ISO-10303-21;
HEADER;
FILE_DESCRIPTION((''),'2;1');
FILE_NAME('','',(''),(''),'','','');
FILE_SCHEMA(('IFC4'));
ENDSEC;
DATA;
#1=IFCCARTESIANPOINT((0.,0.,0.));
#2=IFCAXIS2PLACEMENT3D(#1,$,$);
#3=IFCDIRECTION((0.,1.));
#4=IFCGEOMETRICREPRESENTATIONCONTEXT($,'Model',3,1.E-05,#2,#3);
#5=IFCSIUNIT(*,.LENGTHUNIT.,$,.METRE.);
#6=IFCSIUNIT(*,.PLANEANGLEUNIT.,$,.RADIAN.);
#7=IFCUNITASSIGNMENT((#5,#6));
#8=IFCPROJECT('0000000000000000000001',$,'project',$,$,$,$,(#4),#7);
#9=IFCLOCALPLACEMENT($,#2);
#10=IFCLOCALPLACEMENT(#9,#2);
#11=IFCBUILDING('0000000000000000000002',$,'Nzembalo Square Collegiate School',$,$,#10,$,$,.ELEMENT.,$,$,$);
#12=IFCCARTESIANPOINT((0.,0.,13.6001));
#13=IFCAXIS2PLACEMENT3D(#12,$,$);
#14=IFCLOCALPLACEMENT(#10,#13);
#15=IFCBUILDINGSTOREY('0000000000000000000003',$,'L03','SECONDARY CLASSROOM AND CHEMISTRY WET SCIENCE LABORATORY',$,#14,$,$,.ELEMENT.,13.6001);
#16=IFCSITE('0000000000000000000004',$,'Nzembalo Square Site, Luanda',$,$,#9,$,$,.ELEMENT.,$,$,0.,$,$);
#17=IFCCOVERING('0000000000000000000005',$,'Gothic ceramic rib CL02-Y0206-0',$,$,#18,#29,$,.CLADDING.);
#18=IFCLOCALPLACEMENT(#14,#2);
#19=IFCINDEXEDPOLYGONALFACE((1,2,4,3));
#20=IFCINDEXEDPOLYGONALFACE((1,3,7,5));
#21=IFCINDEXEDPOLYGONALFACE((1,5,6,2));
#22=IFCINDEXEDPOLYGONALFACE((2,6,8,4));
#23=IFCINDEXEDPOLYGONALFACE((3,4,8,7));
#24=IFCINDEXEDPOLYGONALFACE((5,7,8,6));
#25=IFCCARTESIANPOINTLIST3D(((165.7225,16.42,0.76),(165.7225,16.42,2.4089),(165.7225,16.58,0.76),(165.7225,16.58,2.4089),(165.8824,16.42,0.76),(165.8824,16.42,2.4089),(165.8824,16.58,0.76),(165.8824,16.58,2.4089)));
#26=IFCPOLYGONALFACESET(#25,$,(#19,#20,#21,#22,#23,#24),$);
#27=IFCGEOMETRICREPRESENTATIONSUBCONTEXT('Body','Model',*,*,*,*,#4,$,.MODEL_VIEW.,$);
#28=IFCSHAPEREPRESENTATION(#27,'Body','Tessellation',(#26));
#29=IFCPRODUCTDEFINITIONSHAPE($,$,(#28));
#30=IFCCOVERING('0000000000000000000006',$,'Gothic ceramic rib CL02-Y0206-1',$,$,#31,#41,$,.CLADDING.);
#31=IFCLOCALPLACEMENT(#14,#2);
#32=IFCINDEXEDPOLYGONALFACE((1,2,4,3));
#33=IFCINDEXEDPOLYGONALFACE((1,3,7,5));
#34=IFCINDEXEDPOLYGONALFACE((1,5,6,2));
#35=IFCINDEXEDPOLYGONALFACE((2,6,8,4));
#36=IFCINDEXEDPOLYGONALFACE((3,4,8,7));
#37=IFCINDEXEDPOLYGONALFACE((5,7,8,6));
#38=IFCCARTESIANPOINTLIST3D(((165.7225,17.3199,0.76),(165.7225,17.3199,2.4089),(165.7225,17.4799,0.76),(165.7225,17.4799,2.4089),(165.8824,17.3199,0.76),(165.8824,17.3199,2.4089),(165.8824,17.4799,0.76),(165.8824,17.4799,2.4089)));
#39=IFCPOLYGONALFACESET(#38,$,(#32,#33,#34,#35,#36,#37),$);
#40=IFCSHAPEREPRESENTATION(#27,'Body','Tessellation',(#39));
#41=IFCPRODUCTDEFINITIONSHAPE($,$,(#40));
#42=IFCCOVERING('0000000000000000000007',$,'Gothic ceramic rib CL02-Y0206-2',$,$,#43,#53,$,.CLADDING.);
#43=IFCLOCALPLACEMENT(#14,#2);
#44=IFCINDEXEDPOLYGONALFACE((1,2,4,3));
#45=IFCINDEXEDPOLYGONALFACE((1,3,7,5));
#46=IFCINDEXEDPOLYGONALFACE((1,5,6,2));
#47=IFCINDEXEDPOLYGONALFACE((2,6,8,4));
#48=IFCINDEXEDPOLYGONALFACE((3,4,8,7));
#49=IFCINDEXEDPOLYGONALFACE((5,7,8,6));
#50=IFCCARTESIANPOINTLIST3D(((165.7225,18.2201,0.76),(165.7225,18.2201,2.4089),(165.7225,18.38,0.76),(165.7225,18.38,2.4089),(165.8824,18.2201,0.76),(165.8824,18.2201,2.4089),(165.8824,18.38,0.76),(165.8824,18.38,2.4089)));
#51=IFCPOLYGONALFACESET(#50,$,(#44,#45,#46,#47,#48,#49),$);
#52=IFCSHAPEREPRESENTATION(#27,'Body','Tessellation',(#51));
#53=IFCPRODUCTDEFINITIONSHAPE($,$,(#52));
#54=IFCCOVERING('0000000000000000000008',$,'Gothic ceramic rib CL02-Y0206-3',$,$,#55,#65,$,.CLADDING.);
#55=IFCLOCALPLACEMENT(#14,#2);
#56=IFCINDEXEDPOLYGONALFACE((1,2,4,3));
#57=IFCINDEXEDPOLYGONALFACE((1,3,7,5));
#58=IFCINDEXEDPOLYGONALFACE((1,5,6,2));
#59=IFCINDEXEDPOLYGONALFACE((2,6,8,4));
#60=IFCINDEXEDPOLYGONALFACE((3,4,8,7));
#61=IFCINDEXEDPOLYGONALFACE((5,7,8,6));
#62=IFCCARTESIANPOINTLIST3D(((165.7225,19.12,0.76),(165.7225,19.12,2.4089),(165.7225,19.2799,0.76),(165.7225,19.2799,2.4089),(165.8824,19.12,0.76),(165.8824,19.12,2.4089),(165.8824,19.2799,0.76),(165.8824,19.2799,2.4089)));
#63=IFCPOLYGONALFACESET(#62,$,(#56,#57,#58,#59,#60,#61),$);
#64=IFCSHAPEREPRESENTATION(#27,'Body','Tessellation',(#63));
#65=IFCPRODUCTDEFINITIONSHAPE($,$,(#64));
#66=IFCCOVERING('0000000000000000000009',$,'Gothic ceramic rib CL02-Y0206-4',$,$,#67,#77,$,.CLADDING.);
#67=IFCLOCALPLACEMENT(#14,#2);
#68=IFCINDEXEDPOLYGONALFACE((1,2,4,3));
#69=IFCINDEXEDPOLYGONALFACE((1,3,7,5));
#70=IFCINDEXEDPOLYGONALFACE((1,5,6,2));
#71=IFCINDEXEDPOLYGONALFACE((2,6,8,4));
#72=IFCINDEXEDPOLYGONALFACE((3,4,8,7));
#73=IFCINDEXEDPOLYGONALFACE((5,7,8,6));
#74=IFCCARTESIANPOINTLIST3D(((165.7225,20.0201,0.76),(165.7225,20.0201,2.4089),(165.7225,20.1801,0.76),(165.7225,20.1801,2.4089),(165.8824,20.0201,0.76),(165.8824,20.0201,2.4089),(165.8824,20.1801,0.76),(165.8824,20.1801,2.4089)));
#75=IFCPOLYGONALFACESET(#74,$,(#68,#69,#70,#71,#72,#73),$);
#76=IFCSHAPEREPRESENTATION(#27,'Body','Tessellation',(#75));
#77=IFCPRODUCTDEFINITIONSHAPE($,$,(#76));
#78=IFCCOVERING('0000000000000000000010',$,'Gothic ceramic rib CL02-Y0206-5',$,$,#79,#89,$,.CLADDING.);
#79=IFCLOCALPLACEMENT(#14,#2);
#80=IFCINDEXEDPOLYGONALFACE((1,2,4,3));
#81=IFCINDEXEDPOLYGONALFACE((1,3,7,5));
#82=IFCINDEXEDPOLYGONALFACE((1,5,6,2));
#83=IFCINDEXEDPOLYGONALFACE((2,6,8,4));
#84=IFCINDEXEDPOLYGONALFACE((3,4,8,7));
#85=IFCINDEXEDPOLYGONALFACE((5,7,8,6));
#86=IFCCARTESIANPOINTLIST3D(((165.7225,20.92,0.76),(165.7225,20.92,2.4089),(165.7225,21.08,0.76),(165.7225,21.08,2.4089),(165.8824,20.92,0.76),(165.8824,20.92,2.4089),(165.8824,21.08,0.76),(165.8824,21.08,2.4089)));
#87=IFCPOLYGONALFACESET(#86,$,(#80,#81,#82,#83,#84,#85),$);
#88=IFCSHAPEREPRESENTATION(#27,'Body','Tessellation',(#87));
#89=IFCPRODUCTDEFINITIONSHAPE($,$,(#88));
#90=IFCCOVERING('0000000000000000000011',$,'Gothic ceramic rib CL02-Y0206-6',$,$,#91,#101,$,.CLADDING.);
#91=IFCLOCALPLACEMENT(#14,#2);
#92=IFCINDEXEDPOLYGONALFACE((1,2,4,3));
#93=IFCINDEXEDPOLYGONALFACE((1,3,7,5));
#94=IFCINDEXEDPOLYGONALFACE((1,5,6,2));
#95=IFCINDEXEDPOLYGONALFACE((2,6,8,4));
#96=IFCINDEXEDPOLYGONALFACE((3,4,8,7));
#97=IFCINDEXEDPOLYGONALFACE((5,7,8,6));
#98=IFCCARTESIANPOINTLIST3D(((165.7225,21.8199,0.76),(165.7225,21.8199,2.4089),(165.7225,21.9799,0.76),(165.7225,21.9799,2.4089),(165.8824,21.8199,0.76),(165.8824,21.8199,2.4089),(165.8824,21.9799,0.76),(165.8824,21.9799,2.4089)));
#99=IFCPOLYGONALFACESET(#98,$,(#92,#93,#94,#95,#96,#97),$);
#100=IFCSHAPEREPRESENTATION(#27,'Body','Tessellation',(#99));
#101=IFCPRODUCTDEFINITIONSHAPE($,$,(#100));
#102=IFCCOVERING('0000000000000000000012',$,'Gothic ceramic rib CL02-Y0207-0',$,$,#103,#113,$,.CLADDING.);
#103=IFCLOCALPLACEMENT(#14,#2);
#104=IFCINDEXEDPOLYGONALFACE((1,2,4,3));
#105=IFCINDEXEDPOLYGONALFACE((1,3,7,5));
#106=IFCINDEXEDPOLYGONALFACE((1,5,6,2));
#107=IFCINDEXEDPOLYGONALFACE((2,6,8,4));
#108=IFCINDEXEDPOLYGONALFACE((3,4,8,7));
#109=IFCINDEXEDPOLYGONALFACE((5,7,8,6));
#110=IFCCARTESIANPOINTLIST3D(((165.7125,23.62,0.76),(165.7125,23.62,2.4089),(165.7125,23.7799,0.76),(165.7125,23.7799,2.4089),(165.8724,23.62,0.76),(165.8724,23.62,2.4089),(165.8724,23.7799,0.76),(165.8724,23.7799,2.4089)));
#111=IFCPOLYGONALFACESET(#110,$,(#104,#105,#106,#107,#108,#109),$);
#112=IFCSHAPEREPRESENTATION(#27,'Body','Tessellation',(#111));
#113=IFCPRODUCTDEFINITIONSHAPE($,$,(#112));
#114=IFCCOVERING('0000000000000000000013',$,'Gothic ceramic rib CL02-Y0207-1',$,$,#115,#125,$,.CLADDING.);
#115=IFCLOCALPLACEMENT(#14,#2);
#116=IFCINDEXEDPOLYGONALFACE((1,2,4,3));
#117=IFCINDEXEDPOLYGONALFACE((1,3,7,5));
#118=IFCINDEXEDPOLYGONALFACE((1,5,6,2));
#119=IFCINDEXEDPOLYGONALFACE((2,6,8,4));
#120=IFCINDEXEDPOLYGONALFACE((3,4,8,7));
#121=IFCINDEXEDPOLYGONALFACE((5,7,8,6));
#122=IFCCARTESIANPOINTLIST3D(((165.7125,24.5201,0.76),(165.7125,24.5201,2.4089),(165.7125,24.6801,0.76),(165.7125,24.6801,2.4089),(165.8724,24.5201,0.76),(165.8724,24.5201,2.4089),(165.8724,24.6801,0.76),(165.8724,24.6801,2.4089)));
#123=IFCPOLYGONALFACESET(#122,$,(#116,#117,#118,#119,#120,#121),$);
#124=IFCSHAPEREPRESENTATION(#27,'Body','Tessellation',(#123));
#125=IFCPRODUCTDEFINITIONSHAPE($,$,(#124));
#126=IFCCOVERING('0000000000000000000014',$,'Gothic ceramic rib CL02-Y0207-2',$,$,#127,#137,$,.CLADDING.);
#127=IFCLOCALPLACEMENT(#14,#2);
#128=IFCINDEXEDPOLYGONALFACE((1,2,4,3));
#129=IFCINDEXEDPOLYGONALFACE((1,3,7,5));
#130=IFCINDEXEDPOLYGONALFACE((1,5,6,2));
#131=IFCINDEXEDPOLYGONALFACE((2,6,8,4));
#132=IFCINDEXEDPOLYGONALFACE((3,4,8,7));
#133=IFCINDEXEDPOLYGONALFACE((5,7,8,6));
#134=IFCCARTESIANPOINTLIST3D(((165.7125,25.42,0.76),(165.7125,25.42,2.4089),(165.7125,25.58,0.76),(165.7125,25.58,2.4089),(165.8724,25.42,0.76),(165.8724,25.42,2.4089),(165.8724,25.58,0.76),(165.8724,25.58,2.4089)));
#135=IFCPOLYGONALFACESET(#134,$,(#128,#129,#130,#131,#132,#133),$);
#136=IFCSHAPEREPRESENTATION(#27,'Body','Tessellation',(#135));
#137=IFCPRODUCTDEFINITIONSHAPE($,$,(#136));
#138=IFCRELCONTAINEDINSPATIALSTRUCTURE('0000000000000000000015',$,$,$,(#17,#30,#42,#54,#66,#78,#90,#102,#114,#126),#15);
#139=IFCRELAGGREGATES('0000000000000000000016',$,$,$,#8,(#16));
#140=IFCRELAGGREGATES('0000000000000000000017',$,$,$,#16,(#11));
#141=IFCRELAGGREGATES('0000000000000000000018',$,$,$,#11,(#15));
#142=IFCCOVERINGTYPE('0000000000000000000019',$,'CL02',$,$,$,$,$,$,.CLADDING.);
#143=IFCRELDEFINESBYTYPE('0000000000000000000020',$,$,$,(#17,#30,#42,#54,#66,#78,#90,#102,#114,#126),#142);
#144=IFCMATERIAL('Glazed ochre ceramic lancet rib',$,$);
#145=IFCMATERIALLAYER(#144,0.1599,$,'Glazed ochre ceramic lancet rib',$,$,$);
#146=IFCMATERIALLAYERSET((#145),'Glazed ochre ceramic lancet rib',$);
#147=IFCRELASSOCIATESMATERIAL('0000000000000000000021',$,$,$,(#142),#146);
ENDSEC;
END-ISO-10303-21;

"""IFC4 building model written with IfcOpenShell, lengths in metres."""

from ifc_helpers import new_model, si_unit, direction, frame, origin, origin_2d, place, context, subcontext, project, spatial, rectangle, extrude, material, layer, layer_set, type_object, element, save


model = new_model("IFC4")

# Units and contexts
model_context = context("Model", 3, precision=1e-05, world=origin(), true_north=direction((0.0, 1.0)))
body_context = subcontext(model_context, "Body", "Model", "MODEL_VIEW")
ifc_project = project(units=[si_unit("LENGTHUNIT", "METRE"), si_unit("PLANEANGLEUNIT", "RADIAN")], contexts=[model_context])

# Site, building, storey
site_placement = place(None, origin())
site = spatial("IfcSite", under=ifc_project, at=site_placement, Name="Nzembalo Square Site, Luanda", CompositionType="ELEMENT", RefElevation=0.0)
building_placement = place(site_placement, origin())
building = spatial("IfcBuilding", under=site, at=building_placement, Name="Nzembalo Square Collegiate School", CompositionType="ELEMENT")
storey_placement = place(building_placement, frame((0.0, 0.0, 13.6001)))
storey = spatial("IfcBuildingStorey", under=building, at=storey_placement, Name="L03", Description="SECONDARY CLASSROOM AND CHEMISTRY WET SCIENCE LABORATORY", CompositionType="ELEMENT", Elevation=13.6001)

# Coverings
ifc_material_1 = material(Name="Glazed ochre ceramic lancet rib")
ifc_layer_1 = layer(ifc_material_1, 0.1599, Name="Glazed ochre ceramic lancet rib")
ifc_layer_set_1 = layer_set([ifc_layer_1], Name="Glazed ochre ceramic lancet rib")
covering_type_1 = type_object("IfcCoveringType", Name="CL02", PredefinedType="CLADDING", material=ifc_layer_set_1)
for number, where, z_axis, x_axis, name in (
    (1, (165.8025, 16.5, 0.76), (0.0, 0.0, 1.0), (1.0, 0.0, 0.0), "Gothic ceramic rib CL02-Y0206-0"),
    (2, (165.8025, 17.3999, 0.76), (0.0, 0.0, 1.0), (1.0, 0.0, 0.0), "Gothic ceramic rib CL02-Y0206-1"),
    (3, (165.8025, 18.3, 0.76), (0.0, 0.0, 1.0), (1.0, 0.0, 0.0), "Gothic ceramic rib CL02-Y0206-2"),
    (4, (165.8025, 19.2, 0.76), (0.0, 0.0, 1.0), (1.0, 0.0, 0.0), "Gothic ceramic rib CL02-Y0206-3"),
    (5, (165.8025, 20.1001, 0.76), (0.0, 0.0, 1.0), (1.0, 0.0, 0.0), "Gothic ceramic rib CL02-Y0206-4"),
    (6, (165.8025, 21.0, 0.76), (0.0, 0.0, 1.0), (1.0, 0.0, 0.0), "Gothic ceramic rib CL02-Y0206-5"),
    (7, (165.8025, 21.8999, 0.76), (0.0, 0.0, 1.0), (1.0, 0.0, 0.0), "Gothic ceramic rib CL02-Y0206-6"),
    (8, (165.7925, 23.7, 0.76), (0.0, 0.0, 1.0), (1.0, 0.0, 0.0), "Gothic ceramic rib CL02-Y0207-0"),
    (9, (165.7925, 24.6001, 0.76), (0.0, 0.0, 1.0), (1.0, 0.0, 0.0), "Gothic ceramic rib CL02-Y0207-1"),
    (10, (165.7925, 25.5, 0.76), (0.0, 0.0, 1.0), (1.0, 0.0, 0.0), "Gothic ceramic rib CL02-Y0207-2"),
):
    element("IfcCovering", number, at=place(storey_placement, frame(where, z_axis=z_axis, x_axis=x_axis)), inside=storey, type_object=covering_type_1, Name=name, PredefinedType="CLADDING", context=body_context, shape_type="SweptSolid", body=[
        extrude(rectangle(XDim=0.1599, YDim=0.1599, at=origin_2d()), origin(), (0.0, 0.0, 1.0), 1.6489),
    ])

save(model, "model.ifc")
